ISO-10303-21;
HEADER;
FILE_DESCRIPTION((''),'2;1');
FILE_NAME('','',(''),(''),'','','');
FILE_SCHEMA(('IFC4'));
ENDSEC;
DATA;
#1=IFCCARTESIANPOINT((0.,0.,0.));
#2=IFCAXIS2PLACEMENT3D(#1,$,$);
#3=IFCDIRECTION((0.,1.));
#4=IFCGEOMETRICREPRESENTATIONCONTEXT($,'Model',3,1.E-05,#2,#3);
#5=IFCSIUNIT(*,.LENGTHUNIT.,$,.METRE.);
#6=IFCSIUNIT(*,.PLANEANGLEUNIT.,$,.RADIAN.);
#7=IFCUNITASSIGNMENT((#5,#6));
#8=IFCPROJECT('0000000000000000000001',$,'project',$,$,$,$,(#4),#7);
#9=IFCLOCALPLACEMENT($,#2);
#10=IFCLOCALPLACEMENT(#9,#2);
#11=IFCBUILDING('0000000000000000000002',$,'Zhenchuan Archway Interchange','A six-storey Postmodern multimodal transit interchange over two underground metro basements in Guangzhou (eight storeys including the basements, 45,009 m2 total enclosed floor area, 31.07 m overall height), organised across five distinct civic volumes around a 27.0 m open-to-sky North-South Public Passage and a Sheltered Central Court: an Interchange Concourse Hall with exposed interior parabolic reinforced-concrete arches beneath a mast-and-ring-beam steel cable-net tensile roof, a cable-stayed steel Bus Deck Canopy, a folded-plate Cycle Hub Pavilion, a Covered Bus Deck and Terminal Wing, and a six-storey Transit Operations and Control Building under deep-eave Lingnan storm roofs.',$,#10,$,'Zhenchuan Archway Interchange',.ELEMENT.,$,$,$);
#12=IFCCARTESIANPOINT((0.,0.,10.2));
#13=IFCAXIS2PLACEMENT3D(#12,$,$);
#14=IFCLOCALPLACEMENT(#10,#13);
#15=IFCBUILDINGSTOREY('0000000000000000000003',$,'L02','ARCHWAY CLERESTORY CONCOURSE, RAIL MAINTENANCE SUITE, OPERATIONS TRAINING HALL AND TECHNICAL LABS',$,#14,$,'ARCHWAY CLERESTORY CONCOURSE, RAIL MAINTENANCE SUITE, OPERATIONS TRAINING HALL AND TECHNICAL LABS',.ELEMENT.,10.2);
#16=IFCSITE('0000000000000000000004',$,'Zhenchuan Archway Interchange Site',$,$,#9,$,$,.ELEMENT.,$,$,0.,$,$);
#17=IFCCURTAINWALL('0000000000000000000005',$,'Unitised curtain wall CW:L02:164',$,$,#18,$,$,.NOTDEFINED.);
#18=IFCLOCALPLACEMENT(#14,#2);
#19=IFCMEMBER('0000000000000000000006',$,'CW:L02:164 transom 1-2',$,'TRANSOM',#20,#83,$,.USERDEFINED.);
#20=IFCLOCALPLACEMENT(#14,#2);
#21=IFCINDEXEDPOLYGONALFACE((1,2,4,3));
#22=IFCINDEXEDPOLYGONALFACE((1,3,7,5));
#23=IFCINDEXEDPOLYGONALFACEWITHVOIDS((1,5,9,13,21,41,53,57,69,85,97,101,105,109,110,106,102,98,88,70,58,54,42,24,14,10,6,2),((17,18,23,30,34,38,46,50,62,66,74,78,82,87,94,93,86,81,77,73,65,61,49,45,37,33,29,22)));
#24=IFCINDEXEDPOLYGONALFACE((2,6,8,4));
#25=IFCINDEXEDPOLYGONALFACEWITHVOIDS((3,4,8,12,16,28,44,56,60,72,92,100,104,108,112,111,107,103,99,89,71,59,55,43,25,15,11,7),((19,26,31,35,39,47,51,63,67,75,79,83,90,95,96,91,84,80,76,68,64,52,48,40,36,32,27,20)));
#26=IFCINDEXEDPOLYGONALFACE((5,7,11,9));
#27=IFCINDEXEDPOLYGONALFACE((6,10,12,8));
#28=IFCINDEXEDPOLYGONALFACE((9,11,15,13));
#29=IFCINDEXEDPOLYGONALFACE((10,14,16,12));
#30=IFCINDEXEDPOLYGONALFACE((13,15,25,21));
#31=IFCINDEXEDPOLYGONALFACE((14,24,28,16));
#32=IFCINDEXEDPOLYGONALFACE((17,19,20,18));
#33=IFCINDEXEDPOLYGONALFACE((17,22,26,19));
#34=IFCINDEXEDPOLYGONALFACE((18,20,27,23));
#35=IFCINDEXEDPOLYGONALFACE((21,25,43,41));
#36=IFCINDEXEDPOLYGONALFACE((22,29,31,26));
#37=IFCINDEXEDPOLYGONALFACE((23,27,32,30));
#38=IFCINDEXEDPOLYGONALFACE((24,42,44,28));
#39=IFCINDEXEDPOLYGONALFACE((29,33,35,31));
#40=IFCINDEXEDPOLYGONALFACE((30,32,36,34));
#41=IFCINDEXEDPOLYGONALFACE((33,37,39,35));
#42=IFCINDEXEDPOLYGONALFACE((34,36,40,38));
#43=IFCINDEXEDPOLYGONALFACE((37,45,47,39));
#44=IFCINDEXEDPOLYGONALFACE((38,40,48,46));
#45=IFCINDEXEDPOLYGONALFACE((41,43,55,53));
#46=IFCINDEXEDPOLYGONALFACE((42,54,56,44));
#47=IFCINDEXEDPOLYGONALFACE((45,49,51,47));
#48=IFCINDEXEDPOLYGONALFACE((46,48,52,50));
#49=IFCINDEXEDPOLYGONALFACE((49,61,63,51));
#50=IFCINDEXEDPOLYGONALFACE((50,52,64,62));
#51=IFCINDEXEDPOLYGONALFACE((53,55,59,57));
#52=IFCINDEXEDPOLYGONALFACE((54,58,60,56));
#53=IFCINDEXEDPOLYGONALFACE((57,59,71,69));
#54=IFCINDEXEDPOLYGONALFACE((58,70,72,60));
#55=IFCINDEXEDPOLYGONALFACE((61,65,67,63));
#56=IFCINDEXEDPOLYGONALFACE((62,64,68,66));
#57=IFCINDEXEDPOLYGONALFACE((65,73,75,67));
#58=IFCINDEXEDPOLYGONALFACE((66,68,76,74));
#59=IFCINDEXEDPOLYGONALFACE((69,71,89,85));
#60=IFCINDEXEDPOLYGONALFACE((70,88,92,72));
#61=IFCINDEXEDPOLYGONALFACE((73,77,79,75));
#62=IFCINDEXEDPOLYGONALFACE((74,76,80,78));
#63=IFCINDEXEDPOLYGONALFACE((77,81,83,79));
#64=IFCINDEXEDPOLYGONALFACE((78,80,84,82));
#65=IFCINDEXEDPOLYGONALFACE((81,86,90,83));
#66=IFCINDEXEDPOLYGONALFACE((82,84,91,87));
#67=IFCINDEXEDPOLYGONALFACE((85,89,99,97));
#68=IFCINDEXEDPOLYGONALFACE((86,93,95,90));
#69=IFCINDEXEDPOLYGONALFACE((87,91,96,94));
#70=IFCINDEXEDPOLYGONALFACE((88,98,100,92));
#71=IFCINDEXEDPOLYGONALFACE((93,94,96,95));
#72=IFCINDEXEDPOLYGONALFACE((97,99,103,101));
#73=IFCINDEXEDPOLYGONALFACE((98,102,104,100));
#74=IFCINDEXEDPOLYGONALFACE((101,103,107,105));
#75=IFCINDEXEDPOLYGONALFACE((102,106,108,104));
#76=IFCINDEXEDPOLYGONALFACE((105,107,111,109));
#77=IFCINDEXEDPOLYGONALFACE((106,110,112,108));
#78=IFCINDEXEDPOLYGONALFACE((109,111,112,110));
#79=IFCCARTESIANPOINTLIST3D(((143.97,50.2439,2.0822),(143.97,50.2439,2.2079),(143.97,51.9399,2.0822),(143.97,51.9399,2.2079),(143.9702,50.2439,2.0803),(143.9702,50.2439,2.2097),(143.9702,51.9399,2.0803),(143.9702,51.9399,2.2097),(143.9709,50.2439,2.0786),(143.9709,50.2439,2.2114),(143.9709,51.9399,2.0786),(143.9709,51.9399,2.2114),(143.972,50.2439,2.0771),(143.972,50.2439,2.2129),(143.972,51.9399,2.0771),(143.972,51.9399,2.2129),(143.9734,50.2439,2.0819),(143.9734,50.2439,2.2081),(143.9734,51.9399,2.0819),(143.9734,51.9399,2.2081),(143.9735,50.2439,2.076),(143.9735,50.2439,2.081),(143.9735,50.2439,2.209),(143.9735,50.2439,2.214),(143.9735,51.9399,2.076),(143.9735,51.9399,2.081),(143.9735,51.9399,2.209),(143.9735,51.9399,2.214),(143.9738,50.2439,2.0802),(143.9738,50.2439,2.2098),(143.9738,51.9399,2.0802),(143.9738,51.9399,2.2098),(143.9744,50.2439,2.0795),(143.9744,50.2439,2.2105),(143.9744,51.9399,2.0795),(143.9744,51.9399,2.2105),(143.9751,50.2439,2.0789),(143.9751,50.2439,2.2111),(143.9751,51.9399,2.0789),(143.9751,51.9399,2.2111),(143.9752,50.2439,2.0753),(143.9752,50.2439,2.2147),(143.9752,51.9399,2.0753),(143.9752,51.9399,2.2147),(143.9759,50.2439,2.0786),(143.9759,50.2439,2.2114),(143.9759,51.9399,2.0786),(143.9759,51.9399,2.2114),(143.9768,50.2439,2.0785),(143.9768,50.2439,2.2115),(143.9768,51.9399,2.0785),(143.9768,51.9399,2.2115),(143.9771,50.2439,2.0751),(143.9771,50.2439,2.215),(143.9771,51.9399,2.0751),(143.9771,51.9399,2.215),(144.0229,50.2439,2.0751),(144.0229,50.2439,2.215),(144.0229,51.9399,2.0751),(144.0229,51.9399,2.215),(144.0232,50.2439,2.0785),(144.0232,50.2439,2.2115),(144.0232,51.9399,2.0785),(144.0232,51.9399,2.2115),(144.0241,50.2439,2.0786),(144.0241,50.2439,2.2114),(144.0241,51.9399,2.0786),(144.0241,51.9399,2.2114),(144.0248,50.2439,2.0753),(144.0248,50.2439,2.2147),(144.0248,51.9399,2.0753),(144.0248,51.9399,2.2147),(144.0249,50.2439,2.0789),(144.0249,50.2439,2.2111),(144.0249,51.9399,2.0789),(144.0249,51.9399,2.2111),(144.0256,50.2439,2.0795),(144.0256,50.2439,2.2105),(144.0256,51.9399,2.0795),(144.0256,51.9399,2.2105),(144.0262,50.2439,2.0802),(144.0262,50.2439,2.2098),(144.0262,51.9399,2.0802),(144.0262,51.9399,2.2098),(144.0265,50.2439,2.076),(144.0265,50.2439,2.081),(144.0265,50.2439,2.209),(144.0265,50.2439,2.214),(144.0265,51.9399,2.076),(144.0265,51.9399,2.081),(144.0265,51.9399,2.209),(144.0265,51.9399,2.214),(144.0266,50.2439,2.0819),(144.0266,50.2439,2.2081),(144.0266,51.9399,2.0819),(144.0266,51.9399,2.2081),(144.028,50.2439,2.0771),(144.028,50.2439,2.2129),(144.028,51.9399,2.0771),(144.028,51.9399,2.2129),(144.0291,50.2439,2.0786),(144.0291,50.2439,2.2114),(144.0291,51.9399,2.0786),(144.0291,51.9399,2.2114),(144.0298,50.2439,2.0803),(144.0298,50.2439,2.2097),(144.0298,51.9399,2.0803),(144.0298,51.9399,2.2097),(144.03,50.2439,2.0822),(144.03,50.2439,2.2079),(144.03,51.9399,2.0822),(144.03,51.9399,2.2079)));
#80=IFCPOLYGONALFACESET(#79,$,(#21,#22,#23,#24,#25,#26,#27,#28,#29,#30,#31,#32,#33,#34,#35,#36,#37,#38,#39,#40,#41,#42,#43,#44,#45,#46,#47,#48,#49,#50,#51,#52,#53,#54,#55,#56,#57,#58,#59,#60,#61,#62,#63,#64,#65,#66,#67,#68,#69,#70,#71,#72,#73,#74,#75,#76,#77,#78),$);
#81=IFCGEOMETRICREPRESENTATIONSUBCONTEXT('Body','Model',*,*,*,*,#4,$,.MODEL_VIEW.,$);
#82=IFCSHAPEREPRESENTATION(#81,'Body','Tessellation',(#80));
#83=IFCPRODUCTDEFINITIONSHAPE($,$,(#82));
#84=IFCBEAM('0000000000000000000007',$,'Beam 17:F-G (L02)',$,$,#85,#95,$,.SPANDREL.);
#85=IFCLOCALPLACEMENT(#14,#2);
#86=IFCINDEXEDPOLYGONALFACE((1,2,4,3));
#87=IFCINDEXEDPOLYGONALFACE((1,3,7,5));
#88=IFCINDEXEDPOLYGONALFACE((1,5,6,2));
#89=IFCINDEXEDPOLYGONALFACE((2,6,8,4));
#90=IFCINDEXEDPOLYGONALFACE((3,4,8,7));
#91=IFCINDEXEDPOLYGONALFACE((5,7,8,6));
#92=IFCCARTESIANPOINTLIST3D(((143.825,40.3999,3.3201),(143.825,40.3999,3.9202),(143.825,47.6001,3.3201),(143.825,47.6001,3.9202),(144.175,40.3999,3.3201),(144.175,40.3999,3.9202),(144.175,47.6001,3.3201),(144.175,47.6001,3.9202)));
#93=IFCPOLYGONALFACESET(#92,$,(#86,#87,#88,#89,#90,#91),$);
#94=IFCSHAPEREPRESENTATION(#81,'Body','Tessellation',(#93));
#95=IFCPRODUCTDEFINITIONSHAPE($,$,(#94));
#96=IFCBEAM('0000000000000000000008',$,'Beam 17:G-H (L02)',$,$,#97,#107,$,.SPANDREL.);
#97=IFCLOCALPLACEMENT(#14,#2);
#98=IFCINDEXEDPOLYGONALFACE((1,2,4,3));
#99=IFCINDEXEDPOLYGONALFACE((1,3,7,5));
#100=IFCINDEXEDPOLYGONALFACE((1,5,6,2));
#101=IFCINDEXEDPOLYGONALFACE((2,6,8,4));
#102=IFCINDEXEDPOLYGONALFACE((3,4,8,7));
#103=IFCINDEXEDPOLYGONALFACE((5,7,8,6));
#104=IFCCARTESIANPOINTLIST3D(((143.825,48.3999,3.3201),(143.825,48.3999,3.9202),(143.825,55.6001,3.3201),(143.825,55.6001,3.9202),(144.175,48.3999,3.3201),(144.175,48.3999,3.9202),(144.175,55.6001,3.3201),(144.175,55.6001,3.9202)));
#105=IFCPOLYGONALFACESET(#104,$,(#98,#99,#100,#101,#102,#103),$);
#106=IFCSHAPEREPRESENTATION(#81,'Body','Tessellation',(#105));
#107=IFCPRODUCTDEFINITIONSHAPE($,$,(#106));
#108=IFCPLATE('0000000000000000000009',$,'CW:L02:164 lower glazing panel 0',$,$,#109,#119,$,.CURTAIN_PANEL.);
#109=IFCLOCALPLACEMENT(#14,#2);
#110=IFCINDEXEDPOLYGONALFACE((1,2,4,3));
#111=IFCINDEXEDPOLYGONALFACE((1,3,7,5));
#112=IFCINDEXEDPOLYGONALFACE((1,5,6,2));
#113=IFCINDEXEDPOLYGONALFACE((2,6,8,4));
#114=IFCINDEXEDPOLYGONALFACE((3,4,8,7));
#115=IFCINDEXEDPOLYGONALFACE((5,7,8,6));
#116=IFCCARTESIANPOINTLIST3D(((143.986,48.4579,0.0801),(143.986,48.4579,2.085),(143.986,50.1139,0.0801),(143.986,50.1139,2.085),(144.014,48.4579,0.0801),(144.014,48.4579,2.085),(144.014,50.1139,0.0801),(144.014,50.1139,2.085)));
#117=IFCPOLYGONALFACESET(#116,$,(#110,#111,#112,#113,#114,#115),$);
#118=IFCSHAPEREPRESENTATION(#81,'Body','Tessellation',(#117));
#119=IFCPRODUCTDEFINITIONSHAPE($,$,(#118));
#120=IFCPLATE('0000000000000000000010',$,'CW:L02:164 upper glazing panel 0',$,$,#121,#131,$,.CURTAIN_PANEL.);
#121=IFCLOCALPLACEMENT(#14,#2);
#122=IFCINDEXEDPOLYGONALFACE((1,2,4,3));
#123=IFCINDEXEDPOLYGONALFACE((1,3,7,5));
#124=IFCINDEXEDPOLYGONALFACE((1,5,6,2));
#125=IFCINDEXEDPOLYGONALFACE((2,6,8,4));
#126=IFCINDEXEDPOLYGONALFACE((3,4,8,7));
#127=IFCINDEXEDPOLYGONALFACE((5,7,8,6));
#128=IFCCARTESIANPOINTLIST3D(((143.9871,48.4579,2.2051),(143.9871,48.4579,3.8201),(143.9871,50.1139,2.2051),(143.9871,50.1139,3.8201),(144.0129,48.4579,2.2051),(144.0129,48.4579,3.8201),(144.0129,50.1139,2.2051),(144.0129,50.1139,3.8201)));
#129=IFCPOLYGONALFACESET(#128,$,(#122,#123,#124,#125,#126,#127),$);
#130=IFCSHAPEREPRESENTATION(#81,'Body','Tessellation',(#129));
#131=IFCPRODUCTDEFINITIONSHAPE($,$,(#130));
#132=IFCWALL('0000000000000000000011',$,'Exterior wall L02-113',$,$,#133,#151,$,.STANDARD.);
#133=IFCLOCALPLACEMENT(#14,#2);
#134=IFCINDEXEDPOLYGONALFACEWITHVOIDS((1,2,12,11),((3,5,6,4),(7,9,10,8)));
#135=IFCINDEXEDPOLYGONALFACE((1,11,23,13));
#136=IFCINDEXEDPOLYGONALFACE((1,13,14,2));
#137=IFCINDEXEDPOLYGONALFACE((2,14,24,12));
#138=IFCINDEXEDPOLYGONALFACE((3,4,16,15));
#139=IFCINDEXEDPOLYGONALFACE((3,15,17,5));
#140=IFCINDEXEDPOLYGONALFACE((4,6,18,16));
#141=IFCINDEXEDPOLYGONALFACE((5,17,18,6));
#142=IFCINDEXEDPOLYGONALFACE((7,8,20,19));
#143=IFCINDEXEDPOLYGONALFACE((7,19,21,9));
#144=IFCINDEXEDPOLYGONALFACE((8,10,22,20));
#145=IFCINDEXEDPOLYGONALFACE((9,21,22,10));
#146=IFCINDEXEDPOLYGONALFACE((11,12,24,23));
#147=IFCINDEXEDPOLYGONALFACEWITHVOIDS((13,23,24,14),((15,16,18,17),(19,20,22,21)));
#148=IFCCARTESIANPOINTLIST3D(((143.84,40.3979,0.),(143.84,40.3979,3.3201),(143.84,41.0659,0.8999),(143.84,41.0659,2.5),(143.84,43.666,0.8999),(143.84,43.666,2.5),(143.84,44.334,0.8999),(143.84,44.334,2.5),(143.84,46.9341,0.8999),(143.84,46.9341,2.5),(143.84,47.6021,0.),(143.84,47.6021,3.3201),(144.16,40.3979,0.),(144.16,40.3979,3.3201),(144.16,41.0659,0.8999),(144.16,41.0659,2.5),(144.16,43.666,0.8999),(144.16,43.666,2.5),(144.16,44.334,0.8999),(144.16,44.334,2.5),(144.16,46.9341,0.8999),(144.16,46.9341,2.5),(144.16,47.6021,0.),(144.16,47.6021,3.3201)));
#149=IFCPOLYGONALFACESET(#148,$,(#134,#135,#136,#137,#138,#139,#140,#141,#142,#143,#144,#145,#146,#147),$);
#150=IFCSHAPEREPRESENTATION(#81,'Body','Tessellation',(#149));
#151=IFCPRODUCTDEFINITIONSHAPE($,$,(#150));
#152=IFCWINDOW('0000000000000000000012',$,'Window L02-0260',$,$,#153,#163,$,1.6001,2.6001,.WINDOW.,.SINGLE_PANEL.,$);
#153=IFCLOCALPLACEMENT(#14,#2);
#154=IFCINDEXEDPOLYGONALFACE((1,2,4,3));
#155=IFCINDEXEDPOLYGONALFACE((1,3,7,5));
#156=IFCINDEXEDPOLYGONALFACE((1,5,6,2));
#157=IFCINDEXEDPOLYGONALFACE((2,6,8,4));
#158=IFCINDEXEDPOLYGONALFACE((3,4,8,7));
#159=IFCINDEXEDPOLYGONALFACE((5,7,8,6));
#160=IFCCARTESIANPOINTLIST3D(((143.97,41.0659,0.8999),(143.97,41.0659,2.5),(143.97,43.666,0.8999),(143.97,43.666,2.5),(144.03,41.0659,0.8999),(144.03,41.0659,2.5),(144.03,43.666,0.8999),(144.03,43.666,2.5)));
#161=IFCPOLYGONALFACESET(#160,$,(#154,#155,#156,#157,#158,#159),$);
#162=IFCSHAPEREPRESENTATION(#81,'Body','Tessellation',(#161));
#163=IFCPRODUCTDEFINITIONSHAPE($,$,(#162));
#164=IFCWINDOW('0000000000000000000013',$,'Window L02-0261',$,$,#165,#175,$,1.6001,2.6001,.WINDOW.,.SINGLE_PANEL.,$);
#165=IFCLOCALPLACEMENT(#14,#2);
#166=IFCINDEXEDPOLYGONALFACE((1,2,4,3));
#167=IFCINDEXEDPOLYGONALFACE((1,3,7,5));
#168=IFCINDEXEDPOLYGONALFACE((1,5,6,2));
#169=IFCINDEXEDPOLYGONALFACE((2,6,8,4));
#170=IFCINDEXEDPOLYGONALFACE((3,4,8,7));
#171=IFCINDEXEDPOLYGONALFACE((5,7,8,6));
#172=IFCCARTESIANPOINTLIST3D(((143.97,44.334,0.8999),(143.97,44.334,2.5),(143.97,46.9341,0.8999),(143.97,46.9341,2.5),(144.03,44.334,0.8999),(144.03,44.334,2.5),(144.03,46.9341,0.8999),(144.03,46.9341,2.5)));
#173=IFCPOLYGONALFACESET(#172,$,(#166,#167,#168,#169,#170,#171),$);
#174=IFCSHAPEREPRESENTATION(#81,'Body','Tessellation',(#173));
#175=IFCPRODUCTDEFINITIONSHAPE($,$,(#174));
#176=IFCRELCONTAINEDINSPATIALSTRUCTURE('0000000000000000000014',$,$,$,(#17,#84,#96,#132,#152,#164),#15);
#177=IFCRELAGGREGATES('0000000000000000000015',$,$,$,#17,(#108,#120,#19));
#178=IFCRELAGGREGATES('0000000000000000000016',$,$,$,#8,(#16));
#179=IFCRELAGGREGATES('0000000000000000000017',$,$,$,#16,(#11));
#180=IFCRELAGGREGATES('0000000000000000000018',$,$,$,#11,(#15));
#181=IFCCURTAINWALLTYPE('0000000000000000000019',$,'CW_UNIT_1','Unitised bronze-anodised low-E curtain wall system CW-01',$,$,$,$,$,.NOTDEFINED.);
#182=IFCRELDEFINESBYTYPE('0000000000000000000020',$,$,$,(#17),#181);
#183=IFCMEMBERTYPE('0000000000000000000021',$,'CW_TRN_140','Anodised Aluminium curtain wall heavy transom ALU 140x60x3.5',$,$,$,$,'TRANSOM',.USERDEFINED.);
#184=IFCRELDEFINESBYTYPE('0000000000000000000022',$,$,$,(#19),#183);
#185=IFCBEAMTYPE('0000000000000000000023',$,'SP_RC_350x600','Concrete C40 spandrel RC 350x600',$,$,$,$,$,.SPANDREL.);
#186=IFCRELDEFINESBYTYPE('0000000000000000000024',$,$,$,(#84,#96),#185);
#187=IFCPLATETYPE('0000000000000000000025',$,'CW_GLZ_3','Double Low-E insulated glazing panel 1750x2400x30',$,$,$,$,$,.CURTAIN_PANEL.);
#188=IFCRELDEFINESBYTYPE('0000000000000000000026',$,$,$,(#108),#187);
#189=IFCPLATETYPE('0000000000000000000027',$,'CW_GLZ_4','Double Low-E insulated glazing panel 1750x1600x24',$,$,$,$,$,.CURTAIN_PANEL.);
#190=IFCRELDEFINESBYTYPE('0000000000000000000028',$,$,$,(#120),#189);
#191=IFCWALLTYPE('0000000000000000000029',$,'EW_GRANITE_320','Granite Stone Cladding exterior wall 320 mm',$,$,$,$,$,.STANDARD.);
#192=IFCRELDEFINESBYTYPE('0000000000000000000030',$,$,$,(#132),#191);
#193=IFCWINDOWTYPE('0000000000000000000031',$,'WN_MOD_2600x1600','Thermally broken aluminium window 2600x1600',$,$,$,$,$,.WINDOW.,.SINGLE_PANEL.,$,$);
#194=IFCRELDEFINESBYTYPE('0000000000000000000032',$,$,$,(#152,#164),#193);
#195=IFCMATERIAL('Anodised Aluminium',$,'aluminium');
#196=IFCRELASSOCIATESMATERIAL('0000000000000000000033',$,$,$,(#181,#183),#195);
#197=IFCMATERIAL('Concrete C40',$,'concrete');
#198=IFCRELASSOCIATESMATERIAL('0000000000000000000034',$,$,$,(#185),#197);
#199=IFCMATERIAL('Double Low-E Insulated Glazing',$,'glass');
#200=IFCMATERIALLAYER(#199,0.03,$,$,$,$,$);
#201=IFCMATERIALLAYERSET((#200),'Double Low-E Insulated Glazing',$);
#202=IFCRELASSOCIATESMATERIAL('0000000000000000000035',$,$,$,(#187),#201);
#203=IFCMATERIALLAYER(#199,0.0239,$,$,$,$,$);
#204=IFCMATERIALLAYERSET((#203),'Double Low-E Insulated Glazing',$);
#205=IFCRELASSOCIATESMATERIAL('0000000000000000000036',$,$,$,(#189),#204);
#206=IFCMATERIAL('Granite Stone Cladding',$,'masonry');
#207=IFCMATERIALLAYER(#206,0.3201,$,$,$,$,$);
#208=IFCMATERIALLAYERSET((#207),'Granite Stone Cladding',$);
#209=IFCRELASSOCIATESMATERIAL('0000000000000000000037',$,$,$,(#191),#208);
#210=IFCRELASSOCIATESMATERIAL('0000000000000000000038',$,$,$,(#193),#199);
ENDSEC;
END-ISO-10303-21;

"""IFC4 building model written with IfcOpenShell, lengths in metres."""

from ifc_helpers import new_model, si_unit, direction, frame, frame_2d, origin, origin_2d, place, context, subcontext, project, spatial, rectangle, hollow_rectangle, extrude, material, layer, layer_set, material_profile, profile_set, type_object, element, fill, aggregate, save


model = new_model("IFC4")

# Units and contexts
model_context = context("Model", 3, precision=1e-05, world=origin(), true_north=direction((0.0, 1.0)))
body_context = subcontext(model_context, "Body", "Model", "MODEL_VIEW")
ifc_project = project(units=[si_unit("LENGTHUNIT", "METRE"), si_unit("PLANEANGLEUNIT", "RADIAN")], contexts=[model_context])

# Site, building, storey
site_placement = place(None, origin())
site = spatial("IfcSite", under=ifc_project, at=site_placement, Name="Zhenchuan Archway Interchange Site", CompositionType="ELEMENT", RefElevation=0.0)
building_placement = place(site_placement, origin())
building = spatial("IfcBuilding", under=site, at=building_placement, Name="Zhenchuan Archway Interchange", Description="A six-storey Postmodern multimodal transit interchange over two underground metro basements in Guangzhou (eight storeys including the basements, 45,009 m2 total enclosed floor area, 31.07 m overall height), organised across five distinct civic volumes around a 27.0 m open-to-sky North-South Public Passage and a Sheltered Central Court: an Interchange Concourse Hall with exposed interior parabolic reinforced-concrete arches beneath a mast-and-ring-beam steel cable-net tensile roof, a cable-stayed steel Bus Deck Canopy, a folded-plate Cycle Hub Pavilion, a Covered Bus Deck and Terminal Wing, and a six-storey Transit Operations and Control Building under deep-eave Lingnan storm roofs.", LongName="Zhenchuan Archway Interchange", CompositionType="ELEMENT")
storey_placement = place(building_placement, frame((0.0, 0.0, 10.2)))
storey = spatial("IfcBuildingStorey", under=building, at=storey_placement, Name="L02", Description="ARCHWAY CLERESTORY CONCOURSE, RAIL MAINTENANCE SUITE, OPERATIONS TRAINING HALL AND TECHNICAL LABS", LongName="ARCHWAY CLERESTORY CONCOURSE, RAIL MAINTENANCE SUITE, OPERATIONS TRAINING HALL AND TECHNICAL LABS", CompositionType="ELEMENT", Elevation=10.2)

# Shared definitions
ifc_material_1 = material(Name="Concrete C40", Category="concrete")

# Curtain wall, member
ifc_material_2 = material(Name="Anodised Aluminium", Category="aluminium")
curtain_wall_type = type_object("IfcCurtainWallType", Name="CW_UNIT_1", Description="Unitised bronze-anodised low-E curtain wall system CW-01", PredefinedType="NOTDEFINED", material=ifc_material_2)
curtain_wall_placement = place(storey_placement, origin())
curtain_wall = element("IfcCurtainWall", 1, at=curtain_wall_placement, inside=storey, type_object=curtain_wall_type, Name="Unitised curtain wall CW:L02:164", PredefinedType="NOTDEFINED")
ifc_material_profile_1 = material_profile(ifc_material_2, hollow_rectangle(XDim=0.0601, YDim=0.1399, WallThickness=0.0034, InnerFilletRadius=0.0034, OuterFilletRadius=0.0071, at=origin_2d()), Name="ALU 140x60x3.5")
ifc_profile_set_1 = profile_set([ifc_material_profile_1], Name="Anodised Aluminium")
member_type_1 = type_object("IfcMemberType", Name="CW_TRN_140", Description="Anodised Aluminium curtain wall heavy transom ALU 140x60x3.5", ElementType="TRANSOM", PredefinedType="USERDEFINED", material=ifc_profile_set_1)
member_1_placement = place(storey_placement, frame((144.0, 50.2439, 2.145), z_axis=(0.0, 1.0, 0.0), x_axis=(-1.0, 0.0, 0.0)))
member_1 = element("IfcMember", 2, at=member_1_placement, type_object=member_type_1, Name="CW:L02:164 transom 1-2", ObjectType="TRANSOM", PredefinedType="USERDEFINED", context=body_context, shape_type="SweptSolid", body=[
    extrude(hollow_rectangle(XDim=0.0601, YDim=0.1399, WallThickness=0.0034, InnerFilletRadius=0.0034, OuterFilletRadius=0.0071, at=origin_2d()), origin(), (0.0, 0.0, 1.0), 1.696),
])

# Beams
ifc_material_profile_2 = material_profile(ifc_material_1, rectangle(XDim=0.3501, YDim=0.6001, at=origin_2d()), Name="RC 350x600")
ifc_profile_set_2 = profile_set([ifc_material_profile_2], Name="Concrete C40")
beam_type_1 = type_object("IfcBeamType", Name="SP_RC_350x600", Description="Concrete C40 spandrel RC 350x600", PredefinedType="SPANDREL", material=ifc_profile_set_2)
for number, where, z_axis, x_axis, name in (
    (3, (144.0, 40.3999, 3.6201), (0.0, 1.0, 0.0), (-1.0, 0.0, 0.0), "Beam 17:F-G (L02)"),
    (4, (144.0, 48.3999, 3.6201), (0.0, 1.0, 0.0), (-1.0, 0.0, 0.0), "Beam 17:G-H (L02)"),
):
    element("IfcBeam", number, at=place(storey_placement, frame(where, z_axis=z_axis, x_axis=x_axis)), inside=storey, type_object=beam_type_1, Name=name, PredefinedType="SPANDREL", context=body_context, shape_type="SweptSolid", body=[
        extrude(rectangle(XDim=0.3501, YDim=0.6001, at=origin_2d()), origin(), (0.0, 0.0, 1.0), 7.2002),
    ])

# Plates
ifc_material_3 = material(Name="Double Low-E Insulated Glazing", Category="glass")
ifc_layer_1 = layer(ifc_material_3, 0.03)
ifc_layer_set_1 = layer_set([ifc_layer_1], Name="Double Low-E Insulated Glazing")
plate_type_1 = type_object("IfcPlateType", Name="CW_GLZ_3", Description="Double Low-E insulated glazing panel 1750x2400x30", PredefinedType="CURTAIN_PANEL", material=ifc_layer_set_1)
plate_1_placement = place(storey_placement, frame((144.0, 49.2859, 0.0801), z_axis=(0.0, 0.0, 1.0), x_axis=(0.0, 1.0, 0.0)))
plate_1 = element("IfcPlate", 5, at=plate_1_placement, type_object=plate_type_1, Name="CW:L02:164 lower glazing panel 0", PredefinedType="CURTAIN_PANEL", context=body_context, shape_type="SweptSolid", body=[
    extrude(rectangle(XDim=1.656, YDim=0.0281, at=origin_2d()), origin(), (0.0, 0.0, 1.0), 2.0049),
])
ifc_layer_2 = layer(ifc_material_3, 0.0239)
ifc_layer_set_2 = layer_set([ifc_layer_2], Name="Double Low-E Insulated Glazing")
plate_type_2 = type_object("IfcPlateType", Name="CW_GLZ_4", Description="Double Low-E insulated glazing panel 1750x1600x24", PredefinedType="CURTAIN_PANEL", material=ifc_layer_set_2)
plate_2_placement = place(storey_placement, frame((144.0, 49.2859, 2.2051), z_axis=(0.0, 0.0, 1.0), x_axis=(0.0, 1.0, 0.0)))
plate_2 = element("IfcPlate", 6, at=plate_2_placement, type_object=plate_type_2, Name="CW:L02:164 upper glazing panel 0", PredefinedType="CURTAIN_PANEL", context=body_context, shape_type="SweptSolid", body=[
    extrude(rectangle(XDim=1.656, YDim=0.0259, at=origin_2d()), origin(), (0.0, 0.0, 1.0), 1.615),
])
aggregate(curtain_wall, [plate_1, plate_2, member_1])

# Wall, openings, windows
ifc_material_4 = material(Name="Granite Stone Cladding", Category="masonry")
ifc_layer_3 = layer(ifc_material_4, 0.3201)
ifc_layer_set_3 = layer_set([ifc_layer_3], Name="Granite Stone Cladding")
wall_type_1 = type_object("IfcWallType", Name="EW_GRANITE_320", Description="Granite Stone Cladding exterior wall 320 mm", PredefinedType="STANDARD", material=ifc_layer_set_3)
wall_1_placement = place(storey_placement, frame((144.0, 40.3979, 0.0), z_axis=(0.0, 0.0, 1.0), x_axis=(0.0, 1.0, 0.0)))
wall_1 = element("IfcWall", 7, at=wall_1_placement, inside=storey, type_object=wall_type_1, Name="Exterior wall L02-113", PredefinedType="STANDARD", context=body_context, shape_type="SweptSolid", body=[
    extrude(rectangle(XDim=7.2041, YDim=0.3201, at=frame_2d((3.6021, 0.0))), origin(), (0.0, 0.0, 1.0), 3.3201),
])
opening_1_placement = place(wall_1_placement, frame((0.668, 0.0, 0.8999)))
opening_1 = element("IfcOpeningElement", 8, at=opening_1_placement, cuts=wall_1, PredefinedType="OPENING", context=body_context, shape_type="SweptSolid", body=[
    extrude(rectangle(XDim=2.6001, YDim=1.6001, at=frame_2d((1.3, 0.8))), frame((0.0, 0.1719, 0.0), z_axis=(0.0, -1.0, 0.0), x_axis=(1.0, 0.0, 0.0)), (0.0, 0.0, 1.0), 0.344),
])
opening_2_placement = place(wall_1_placement, frame((3.936, 0.0, 0.8999)))
opening_2 = element("IfcOpeningElement", 9, at=opening_2_placement, cuts=wall_1, PredefinedType="OPENING", context=body_context, shape_type="SweptSolid", body=[
    extrude(rectangle(XDim=2.6001, YDim=1.6001, at=frame_2d((1.3, 0.8))), frame((0.0, 0.1719, 0.0), z_axis=(0.0, -1.0, 0.0), x_axis=(1.0, 0.0, 0.0)), (0.0, 0.0, 1.0), 0.344),
])
window_type = type_object("IfcWindowType", Name="WN_MOD_2600x1600", Description="Thermally broken aluminium window 2600x1600", PartitioningType="SINGLE_PANEL", PredefinedType="WINDOW", material=ifc_material_3)
window_1_placement = place(opening_1_placement, origin())
window_1 = element("IfcWindow", 10, at=window_1_placement, inside=storey, type_object=window_type, Name="Window L02-0260", OverallHeight=1.6001, OverallWidth=2.6001, PartitioningType="SINGLE_PANEL", PredefinedType="WINDOW", context=body_context, shape_type="SweptSolid", body=[
    extrude(rectangle(XDim=2.6001, YDim=1.6001, at=frame_2d((1.3, 0.8))), frame((0.0, 0.03, 0.0), z_axis=(0.0, -1.0, 0.0), x_axis=(1.0, 0.0, 0.0)), (0.0, 0.0, 1.0), 0.0601),
])
fill(opening_1, window_1)
window_2_placement = place(opening_2_placement, origin())
window_2 = element("IfcWindow", 11, at=window_2_placement, inside=storey, type_object=window_type, Name="Window L02-0261", OverallHeight=1.6001, OverallWidth=2.6001, PartitioningType="SINGLE_PANEL", PredefinedType="WINDOW", context=body_context, shape_type="SweptSolid", body=[
    extrude(rectangle(XDim=2.6001, YDim=1.6001, at=frame_2d((1.3, 0.8))), frame((0.0, 0.03, 0.0), z_axis=(0.0, -1.0, 0.0), x_axis=(1.0, 0.0, 0.0)), (0.0, 0.0, 1.0), 0.0601),
])
fill(opening_2, window_2)

save(model, "model.ifc")
